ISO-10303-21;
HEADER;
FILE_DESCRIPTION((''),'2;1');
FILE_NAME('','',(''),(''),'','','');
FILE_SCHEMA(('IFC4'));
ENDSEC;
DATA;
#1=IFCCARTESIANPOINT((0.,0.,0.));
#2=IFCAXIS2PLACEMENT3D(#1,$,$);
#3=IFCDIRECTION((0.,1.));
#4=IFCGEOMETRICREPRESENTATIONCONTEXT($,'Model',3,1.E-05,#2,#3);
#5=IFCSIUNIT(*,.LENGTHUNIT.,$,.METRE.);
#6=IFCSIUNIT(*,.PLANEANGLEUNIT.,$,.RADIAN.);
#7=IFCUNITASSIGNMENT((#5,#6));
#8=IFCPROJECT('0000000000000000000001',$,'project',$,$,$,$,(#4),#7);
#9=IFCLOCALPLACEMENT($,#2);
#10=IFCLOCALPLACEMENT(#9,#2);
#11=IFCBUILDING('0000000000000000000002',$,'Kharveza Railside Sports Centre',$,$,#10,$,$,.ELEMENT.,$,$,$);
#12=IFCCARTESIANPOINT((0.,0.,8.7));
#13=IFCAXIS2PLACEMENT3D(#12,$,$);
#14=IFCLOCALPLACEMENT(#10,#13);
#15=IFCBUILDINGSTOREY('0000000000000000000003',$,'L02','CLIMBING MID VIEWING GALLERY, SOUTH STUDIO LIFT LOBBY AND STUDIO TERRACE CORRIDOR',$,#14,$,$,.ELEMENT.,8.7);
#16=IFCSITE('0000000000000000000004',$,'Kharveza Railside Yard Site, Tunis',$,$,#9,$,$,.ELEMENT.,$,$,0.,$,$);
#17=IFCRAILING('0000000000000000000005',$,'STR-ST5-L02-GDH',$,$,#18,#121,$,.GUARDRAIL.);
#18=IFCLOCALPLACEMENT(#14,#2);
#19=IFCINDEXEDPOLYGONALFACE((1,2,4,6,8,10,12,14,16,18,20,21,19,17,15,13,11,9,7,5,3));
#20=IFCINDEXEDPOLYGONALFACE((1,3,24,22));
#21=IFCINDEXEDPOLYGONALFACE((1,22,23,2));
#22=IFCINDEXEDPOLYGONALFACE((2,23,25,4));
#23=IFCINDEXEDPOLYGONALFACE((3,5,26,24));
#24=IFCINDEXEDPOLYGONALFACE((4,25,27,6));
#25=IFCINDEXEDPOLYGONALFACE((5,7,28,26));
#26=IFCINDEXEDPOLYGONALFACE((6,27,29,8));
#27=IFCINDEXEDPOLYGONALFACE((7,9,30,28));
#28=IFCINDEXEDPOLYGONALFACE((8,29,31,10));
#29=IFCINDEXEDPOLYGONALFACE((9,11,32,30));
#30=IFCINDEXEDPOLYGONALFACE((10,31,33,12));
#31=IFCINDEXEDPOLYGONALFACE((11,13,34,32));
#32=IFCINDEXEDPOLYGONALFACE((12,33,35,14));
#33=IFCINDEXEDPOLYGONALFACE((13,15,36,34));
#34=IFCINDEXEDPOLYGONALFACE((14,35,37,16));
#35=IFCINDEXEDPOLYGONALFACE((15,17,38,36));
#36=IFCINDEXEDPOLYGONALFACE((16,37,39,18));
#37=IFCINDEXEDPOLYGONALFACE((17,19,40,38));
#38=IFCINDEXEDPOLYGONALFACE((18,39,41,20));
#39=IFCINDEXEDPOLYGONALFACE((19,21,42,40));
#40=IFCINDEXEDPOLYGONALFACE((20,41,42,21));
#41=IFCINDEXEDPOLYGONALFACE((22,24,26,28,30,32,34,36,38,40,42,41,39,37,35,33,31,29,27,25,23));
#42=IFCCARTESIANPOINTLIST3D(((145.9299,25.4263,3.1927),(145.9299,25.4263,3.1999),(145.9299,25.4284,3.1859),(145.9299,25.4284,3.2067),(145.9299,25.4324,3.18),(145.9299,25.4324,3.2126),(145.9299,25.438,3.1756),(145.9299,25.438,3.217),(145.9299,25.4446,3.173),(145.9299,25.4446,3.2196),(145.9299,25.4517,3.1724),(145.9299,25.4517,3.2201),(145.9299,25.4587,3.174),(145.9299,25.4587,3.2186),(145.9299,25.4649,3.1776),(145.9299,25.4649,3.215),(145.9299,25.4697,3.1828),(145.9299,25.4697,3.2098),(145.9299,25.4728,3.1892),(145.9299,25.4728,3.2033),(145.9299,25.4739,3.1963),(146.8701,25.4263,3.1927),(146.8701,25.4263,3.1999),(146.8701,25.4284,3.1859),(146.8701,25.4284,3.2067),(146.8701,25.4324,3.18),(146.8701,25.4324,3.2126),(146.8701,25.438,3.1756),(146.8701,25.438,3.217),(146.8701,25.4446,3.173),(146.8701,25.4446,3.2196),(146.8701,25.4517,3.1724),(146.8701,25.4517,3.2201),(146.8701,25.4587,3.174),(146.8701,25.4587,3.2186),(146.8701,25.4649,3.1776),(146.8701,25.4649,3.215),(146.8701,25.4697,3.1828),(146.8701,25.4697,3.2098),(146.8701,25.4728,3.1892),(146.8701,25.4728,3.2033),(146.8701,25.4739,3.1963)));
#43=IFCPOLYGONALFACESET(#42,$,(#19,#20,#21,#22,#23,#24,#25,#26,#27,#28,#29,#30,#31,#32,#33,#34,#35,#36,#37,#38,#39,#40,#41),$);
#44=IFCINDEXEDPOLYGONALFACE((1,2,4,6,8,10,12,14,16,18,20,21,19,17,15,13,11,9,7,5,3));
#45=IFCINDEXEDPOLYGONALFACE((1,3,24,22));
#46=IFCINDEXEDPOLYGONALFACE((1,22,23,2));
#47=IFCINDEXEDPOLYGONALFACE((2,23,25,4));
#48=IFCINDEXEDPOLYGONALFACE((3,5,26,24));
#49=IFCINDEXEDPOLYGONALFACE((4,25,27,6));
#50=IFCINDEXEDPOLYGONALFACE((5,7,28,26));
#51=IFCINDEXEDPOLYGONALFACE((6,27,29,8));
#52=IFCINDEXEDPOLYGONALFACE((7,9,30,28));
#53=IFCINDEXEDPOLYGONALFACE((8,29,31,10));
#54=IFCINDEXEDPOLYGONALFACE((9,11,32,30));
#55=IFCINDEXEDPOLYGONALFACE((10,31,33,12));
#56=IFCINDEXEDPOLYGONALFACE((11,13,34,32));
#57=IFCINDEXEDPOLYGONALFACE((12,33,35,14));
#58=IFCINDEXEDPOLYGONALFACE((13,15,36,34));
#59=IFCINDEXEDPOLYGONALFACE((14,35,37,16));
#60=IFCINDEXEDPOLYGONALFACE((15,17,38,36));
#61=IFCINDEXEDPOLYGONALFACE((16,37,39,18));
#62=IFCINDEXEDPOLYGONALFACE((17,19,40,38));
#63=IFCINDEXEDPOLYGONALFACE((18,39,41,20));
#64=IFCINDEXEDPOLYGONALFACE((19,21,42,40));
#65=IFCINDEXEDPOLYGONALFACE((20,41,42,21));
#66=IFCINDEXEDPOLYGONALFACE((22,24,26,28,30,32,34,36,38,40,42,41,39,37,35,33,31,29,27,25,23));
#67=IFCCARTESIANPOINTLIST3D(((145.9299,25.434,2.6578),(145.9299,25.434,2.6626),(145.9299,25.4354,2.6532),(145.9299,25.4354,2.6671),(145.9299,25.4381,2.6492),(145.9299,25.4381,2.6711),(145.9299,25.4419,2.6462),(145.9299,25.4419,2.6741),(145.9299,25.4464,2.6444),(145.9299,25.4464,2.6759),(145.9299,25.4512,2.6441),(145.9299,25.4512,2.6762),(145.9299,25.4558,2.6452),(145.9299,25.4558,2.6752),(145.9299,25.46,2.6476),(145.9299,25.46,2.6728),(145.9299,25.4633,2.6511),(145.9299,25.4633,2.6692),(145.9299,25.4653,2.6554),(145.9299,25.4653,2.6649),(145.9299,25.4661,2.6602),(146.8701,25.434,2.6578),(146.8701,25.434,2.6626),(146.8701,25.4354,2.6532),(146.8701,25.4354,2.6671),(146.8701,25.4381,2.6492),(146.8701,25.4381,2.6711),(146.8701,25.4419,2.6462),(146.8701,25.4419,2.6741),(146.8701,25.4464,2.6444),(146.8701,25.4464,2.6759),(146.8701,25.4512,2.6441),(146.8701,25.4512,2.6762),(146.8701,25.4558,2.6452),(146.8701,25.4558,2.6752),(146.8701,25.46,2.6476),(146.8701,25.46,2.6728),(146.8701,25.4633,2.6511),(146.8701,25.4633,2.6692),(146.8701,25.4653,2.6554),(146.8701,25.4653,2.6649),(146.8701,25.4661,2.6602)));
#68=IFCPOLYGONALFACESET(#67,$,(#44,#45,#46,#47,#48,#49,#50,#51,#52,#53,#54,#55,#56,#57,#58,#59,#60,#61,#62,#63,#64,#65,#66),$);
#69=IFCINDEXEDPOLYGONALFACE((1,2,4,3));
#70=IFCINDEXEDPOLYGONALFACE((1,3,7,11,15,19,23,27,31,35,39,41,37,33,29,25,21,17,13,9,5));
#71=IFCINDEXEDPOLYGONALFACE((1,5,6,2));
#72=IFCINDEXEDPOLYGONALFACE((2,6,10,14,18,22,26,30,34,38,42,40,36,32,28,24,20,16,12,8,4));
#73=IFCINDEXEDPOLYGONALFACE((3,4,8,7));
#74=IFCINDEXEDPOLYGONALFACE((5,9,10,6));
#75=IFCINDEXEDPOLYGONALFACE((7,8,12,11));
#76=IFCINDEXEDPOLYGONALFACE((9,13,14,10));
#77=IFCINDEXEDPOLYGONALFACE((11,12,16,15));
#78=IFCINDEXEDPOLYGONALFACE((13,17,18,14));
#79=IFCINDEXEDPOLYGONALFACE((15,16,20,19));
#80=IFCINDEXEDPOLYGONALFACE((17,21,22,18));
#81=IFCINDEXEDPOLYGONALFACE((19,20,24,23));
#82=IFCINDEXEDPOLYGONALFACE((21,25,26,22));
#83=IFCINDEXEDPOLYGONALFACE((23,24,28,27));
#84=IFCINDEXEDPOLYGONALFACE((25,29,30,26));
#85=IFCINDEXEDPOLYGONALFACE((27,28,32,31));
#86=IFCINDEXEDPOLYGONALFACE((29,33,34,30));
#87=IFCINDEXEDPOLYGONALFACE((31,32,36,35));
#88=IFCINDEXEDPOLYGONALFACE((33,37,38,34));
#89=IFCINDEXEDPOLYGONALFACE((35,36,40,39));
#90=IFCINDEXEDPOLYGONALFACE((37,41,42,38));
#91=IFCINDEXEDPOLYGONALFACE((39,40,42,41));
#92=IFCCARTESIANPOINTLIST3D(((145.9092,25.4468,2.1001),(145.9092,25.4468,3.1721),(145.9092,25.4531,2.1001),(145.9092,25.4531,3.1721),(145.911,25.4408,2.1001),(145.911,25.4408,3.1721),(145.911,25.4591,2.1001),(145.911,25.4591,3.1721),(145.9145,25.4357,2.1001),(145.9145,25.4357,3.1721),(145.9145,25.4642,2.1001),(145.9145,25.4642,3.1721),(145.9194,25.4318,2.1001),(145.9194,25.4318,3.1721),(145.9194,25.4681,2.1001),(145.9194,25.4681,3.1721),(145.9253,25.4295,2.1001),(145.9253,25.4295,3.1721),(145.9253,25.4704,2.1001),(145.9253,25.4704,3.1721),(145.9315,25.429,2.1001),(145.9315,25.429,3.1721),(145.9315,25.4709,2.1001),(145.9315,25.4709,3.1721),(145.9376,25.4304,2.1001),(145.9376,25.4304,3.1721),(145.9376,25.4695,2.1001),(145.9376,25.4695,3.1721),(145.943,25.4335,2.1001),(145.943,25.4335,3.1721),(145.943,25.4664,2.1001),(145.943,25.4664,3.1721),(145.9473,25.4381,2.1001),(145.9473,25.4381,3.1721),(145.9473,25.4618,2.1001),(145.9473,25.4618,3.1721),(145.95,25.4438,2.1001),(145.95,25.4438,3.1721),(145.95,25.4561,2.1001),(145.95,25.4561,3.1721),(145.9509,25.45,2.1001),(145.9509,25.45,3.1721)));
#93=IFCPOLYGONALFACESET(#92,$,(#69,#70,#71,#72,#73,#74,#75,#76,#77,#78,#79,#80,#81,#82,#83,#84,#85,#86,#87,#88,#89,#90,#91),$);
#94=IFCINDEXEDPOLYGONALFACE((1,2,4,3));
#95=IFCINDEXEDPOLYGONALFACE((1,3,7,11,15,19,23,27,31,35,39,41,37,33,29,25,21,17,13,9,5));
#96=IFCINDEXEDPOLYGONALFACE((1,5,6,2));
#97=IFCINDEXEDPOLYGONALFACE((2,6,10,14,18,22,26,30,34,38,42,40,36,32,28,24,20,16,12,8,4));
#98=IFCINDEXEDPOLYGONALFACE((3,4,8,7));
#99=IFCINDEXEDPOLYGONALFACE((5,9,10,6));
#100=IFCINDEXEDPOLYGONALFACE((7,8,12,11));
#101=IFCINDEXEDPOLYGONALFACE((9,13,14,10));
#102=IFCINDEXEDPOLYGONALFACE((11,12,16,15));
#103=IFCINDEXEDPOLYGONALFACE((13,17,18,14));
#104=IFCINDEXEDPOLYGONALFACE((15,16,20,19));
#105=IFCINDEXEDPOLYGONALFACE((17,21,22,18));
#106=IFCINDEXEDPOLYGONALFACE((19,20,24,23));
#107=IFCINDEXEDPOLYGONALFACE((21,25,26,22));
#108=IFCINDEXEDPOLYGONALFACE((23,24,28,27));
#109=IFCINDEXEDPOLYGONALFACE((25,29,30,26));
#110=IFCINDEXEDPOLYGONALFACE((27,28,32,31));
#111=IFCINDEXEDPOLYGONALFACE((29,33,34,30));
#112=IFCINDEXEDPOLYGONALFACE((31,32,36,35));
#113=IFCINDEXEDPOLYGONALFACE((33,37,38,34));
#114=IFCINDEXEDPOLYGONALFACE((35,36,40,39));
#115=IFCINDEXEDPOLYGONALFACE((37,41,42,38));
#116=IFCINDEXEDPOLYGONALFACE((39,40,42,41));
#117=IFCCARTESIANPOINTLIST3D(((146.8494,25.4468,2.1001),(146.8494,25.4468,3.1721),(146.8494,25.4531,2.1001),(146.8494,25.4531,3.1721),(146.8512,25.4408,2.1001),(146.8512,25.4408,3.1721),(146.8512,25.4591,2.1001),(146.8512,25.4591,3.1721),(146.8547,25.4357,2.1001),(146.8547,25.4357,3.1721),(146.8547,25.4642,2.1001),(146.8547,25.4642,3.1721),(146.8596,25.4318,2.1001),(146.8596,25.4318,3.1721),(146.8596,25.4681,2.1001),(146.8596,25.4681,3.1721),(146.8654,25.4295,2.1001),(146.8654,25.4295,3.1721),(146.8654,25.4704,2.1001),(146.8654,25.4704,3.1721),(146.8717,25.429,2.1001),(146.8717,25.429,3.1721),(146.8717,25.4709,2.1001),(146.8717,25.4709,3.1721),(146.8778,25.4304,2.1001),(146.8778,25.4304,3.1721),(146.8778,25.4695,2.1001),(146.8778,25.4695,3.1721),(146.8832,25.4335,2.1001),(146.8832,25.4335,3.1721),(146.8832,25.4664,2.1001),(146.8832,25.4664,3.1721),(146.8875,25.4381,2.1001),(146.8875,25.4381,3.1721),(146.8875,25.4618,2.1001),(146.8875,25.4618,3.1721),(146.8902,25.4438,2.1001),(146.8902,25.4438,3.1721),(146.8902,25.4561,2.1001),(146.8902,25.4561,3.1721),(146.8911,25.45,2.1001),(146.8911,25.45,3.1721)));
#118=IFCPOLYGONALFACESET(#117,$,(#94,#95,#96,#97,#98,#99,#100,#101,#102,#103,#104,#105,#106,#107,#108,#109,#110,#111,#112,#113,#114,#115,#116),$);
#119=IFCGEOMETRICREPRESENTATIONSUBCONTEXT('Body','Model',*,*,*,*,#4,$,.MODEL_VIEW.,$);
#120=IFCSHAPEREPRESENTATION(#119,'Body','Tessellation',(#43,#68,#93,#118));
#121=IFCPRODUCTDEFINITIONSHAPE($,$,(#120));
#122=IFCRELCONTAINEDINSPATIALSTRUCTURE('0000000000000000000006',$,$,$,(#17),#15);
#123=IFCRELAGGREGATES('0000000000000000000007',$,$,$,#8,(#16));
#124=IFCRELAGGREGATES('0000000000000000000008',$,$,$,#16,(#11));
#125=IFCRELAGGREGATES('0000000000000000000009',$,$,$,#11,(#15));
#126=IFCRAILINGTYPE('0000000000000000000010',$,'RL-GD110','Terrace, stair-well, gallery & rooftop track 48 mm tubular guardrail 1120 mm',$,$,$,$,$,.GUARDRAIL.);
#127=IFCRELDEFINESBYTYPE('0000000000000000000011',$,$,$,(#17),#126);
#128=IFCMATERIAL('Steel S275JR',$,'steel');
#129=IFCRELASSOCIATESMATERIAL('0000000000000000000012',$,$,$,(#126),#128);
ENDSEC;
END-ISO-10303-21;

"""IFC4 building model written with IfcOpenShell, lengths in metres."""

from ifc_helpers import new_model, si_unit, direction, frame, origin, origin_2d, place, context, subcontext, project, spatial, circle, extrude, material, type_object, element, save


model = new_model("IFC4")

# Units and contexts
model_context = context("Model", 3, precision=1e-05, world=origin(), true_north=direction((0.0, 1.0)))
body_context = subcontext(model_context, "Body", "Model", "MODEL_VIEW")
ifc_project = project(units=[si_unit("LENGTHUNIT", "METRE"), si_unit("PLANEANGLEUNIT", "RADIAN")], contexts=[model_context])

# Site, building, storey
site_placement = place(None, origin())
site = spatial("IfcSite", under=ifc_project, at=site_placement, Name="Kharveza Railside Yard Site, Tunis", CompositionType="ELEMENT", RefElevation=0.0)
building_placement = place(site_placement, origin())
building = spatial("IfcBuilding", under=site, at=building_placement, Name="Kharveza Railside Sports Centre", CompositionType="ELEMENT")
storey_placement = place(building_placement, frame((0.0, 0.0, 8.7)))
storey = spatial("IfcBuildingStorey", under=building, at=storey_placement, Name="L02", Description="CLIMBING MID VIEWING GALLERY, SOUTH STUDIO LIFT LOBBY AND STUDIO TERRACE CORRIDOR", CompositionType="ELEMENT", Elevation=8.7)

# Railing
ifc_material_1 = material(Name="Steel S275JR", Category="steel")
railing_type_1 = type_object("IfcRailingType", Name="RL-GD110", Description="Terrace, stair-well, gallery & rooftop track 48 mm tubular guardrail 1120 mm", PredefinedType="GUARDRAIL", material=ifc_material_1)
railing_1_placement = place(storey_placement, frame((145.9299, 25.45, 2.1001)))
element("IfcRailing", 1, at=railing_1_placement, inside=storey, type_object=railing_type_1, Name="STR-ST5-L02-GDH", PredefinedType="GUARDRAIL", context=body_context, shape_type="SweptSolid", body=[
    extrude(circle(Radius=0.0239, at=origin_2d()), frame((0.0, 0.0, 1.0962), z_axis=(1.0, 0.0, 0.0), x_axis=(0.0, 1.0, 0.0)), (0.0, 0.0, 1.0), 0.9402),
    extrude(circle(Radius=0.0161, at=origin_2d()), frame((0.0, 0.0, 0.5601), z_axis=(1.0, 0.0, 0.0), x_axis=(0.0, 1.0, 0.0)), (0.0, 0.0, 1.0), 0.9402),
    extrude(circle(Radius=0.021, at=origin_2d()), origin(), (0.0, 0.0, 1.0), 1.072),
    extrude(circle(Radius=0.021, at=origin_2d()), frame((0.9402, 0.0, 0.0)), (0.0, 0.0, 1.0), 1.072),
])

save(model, "model.ifc")
